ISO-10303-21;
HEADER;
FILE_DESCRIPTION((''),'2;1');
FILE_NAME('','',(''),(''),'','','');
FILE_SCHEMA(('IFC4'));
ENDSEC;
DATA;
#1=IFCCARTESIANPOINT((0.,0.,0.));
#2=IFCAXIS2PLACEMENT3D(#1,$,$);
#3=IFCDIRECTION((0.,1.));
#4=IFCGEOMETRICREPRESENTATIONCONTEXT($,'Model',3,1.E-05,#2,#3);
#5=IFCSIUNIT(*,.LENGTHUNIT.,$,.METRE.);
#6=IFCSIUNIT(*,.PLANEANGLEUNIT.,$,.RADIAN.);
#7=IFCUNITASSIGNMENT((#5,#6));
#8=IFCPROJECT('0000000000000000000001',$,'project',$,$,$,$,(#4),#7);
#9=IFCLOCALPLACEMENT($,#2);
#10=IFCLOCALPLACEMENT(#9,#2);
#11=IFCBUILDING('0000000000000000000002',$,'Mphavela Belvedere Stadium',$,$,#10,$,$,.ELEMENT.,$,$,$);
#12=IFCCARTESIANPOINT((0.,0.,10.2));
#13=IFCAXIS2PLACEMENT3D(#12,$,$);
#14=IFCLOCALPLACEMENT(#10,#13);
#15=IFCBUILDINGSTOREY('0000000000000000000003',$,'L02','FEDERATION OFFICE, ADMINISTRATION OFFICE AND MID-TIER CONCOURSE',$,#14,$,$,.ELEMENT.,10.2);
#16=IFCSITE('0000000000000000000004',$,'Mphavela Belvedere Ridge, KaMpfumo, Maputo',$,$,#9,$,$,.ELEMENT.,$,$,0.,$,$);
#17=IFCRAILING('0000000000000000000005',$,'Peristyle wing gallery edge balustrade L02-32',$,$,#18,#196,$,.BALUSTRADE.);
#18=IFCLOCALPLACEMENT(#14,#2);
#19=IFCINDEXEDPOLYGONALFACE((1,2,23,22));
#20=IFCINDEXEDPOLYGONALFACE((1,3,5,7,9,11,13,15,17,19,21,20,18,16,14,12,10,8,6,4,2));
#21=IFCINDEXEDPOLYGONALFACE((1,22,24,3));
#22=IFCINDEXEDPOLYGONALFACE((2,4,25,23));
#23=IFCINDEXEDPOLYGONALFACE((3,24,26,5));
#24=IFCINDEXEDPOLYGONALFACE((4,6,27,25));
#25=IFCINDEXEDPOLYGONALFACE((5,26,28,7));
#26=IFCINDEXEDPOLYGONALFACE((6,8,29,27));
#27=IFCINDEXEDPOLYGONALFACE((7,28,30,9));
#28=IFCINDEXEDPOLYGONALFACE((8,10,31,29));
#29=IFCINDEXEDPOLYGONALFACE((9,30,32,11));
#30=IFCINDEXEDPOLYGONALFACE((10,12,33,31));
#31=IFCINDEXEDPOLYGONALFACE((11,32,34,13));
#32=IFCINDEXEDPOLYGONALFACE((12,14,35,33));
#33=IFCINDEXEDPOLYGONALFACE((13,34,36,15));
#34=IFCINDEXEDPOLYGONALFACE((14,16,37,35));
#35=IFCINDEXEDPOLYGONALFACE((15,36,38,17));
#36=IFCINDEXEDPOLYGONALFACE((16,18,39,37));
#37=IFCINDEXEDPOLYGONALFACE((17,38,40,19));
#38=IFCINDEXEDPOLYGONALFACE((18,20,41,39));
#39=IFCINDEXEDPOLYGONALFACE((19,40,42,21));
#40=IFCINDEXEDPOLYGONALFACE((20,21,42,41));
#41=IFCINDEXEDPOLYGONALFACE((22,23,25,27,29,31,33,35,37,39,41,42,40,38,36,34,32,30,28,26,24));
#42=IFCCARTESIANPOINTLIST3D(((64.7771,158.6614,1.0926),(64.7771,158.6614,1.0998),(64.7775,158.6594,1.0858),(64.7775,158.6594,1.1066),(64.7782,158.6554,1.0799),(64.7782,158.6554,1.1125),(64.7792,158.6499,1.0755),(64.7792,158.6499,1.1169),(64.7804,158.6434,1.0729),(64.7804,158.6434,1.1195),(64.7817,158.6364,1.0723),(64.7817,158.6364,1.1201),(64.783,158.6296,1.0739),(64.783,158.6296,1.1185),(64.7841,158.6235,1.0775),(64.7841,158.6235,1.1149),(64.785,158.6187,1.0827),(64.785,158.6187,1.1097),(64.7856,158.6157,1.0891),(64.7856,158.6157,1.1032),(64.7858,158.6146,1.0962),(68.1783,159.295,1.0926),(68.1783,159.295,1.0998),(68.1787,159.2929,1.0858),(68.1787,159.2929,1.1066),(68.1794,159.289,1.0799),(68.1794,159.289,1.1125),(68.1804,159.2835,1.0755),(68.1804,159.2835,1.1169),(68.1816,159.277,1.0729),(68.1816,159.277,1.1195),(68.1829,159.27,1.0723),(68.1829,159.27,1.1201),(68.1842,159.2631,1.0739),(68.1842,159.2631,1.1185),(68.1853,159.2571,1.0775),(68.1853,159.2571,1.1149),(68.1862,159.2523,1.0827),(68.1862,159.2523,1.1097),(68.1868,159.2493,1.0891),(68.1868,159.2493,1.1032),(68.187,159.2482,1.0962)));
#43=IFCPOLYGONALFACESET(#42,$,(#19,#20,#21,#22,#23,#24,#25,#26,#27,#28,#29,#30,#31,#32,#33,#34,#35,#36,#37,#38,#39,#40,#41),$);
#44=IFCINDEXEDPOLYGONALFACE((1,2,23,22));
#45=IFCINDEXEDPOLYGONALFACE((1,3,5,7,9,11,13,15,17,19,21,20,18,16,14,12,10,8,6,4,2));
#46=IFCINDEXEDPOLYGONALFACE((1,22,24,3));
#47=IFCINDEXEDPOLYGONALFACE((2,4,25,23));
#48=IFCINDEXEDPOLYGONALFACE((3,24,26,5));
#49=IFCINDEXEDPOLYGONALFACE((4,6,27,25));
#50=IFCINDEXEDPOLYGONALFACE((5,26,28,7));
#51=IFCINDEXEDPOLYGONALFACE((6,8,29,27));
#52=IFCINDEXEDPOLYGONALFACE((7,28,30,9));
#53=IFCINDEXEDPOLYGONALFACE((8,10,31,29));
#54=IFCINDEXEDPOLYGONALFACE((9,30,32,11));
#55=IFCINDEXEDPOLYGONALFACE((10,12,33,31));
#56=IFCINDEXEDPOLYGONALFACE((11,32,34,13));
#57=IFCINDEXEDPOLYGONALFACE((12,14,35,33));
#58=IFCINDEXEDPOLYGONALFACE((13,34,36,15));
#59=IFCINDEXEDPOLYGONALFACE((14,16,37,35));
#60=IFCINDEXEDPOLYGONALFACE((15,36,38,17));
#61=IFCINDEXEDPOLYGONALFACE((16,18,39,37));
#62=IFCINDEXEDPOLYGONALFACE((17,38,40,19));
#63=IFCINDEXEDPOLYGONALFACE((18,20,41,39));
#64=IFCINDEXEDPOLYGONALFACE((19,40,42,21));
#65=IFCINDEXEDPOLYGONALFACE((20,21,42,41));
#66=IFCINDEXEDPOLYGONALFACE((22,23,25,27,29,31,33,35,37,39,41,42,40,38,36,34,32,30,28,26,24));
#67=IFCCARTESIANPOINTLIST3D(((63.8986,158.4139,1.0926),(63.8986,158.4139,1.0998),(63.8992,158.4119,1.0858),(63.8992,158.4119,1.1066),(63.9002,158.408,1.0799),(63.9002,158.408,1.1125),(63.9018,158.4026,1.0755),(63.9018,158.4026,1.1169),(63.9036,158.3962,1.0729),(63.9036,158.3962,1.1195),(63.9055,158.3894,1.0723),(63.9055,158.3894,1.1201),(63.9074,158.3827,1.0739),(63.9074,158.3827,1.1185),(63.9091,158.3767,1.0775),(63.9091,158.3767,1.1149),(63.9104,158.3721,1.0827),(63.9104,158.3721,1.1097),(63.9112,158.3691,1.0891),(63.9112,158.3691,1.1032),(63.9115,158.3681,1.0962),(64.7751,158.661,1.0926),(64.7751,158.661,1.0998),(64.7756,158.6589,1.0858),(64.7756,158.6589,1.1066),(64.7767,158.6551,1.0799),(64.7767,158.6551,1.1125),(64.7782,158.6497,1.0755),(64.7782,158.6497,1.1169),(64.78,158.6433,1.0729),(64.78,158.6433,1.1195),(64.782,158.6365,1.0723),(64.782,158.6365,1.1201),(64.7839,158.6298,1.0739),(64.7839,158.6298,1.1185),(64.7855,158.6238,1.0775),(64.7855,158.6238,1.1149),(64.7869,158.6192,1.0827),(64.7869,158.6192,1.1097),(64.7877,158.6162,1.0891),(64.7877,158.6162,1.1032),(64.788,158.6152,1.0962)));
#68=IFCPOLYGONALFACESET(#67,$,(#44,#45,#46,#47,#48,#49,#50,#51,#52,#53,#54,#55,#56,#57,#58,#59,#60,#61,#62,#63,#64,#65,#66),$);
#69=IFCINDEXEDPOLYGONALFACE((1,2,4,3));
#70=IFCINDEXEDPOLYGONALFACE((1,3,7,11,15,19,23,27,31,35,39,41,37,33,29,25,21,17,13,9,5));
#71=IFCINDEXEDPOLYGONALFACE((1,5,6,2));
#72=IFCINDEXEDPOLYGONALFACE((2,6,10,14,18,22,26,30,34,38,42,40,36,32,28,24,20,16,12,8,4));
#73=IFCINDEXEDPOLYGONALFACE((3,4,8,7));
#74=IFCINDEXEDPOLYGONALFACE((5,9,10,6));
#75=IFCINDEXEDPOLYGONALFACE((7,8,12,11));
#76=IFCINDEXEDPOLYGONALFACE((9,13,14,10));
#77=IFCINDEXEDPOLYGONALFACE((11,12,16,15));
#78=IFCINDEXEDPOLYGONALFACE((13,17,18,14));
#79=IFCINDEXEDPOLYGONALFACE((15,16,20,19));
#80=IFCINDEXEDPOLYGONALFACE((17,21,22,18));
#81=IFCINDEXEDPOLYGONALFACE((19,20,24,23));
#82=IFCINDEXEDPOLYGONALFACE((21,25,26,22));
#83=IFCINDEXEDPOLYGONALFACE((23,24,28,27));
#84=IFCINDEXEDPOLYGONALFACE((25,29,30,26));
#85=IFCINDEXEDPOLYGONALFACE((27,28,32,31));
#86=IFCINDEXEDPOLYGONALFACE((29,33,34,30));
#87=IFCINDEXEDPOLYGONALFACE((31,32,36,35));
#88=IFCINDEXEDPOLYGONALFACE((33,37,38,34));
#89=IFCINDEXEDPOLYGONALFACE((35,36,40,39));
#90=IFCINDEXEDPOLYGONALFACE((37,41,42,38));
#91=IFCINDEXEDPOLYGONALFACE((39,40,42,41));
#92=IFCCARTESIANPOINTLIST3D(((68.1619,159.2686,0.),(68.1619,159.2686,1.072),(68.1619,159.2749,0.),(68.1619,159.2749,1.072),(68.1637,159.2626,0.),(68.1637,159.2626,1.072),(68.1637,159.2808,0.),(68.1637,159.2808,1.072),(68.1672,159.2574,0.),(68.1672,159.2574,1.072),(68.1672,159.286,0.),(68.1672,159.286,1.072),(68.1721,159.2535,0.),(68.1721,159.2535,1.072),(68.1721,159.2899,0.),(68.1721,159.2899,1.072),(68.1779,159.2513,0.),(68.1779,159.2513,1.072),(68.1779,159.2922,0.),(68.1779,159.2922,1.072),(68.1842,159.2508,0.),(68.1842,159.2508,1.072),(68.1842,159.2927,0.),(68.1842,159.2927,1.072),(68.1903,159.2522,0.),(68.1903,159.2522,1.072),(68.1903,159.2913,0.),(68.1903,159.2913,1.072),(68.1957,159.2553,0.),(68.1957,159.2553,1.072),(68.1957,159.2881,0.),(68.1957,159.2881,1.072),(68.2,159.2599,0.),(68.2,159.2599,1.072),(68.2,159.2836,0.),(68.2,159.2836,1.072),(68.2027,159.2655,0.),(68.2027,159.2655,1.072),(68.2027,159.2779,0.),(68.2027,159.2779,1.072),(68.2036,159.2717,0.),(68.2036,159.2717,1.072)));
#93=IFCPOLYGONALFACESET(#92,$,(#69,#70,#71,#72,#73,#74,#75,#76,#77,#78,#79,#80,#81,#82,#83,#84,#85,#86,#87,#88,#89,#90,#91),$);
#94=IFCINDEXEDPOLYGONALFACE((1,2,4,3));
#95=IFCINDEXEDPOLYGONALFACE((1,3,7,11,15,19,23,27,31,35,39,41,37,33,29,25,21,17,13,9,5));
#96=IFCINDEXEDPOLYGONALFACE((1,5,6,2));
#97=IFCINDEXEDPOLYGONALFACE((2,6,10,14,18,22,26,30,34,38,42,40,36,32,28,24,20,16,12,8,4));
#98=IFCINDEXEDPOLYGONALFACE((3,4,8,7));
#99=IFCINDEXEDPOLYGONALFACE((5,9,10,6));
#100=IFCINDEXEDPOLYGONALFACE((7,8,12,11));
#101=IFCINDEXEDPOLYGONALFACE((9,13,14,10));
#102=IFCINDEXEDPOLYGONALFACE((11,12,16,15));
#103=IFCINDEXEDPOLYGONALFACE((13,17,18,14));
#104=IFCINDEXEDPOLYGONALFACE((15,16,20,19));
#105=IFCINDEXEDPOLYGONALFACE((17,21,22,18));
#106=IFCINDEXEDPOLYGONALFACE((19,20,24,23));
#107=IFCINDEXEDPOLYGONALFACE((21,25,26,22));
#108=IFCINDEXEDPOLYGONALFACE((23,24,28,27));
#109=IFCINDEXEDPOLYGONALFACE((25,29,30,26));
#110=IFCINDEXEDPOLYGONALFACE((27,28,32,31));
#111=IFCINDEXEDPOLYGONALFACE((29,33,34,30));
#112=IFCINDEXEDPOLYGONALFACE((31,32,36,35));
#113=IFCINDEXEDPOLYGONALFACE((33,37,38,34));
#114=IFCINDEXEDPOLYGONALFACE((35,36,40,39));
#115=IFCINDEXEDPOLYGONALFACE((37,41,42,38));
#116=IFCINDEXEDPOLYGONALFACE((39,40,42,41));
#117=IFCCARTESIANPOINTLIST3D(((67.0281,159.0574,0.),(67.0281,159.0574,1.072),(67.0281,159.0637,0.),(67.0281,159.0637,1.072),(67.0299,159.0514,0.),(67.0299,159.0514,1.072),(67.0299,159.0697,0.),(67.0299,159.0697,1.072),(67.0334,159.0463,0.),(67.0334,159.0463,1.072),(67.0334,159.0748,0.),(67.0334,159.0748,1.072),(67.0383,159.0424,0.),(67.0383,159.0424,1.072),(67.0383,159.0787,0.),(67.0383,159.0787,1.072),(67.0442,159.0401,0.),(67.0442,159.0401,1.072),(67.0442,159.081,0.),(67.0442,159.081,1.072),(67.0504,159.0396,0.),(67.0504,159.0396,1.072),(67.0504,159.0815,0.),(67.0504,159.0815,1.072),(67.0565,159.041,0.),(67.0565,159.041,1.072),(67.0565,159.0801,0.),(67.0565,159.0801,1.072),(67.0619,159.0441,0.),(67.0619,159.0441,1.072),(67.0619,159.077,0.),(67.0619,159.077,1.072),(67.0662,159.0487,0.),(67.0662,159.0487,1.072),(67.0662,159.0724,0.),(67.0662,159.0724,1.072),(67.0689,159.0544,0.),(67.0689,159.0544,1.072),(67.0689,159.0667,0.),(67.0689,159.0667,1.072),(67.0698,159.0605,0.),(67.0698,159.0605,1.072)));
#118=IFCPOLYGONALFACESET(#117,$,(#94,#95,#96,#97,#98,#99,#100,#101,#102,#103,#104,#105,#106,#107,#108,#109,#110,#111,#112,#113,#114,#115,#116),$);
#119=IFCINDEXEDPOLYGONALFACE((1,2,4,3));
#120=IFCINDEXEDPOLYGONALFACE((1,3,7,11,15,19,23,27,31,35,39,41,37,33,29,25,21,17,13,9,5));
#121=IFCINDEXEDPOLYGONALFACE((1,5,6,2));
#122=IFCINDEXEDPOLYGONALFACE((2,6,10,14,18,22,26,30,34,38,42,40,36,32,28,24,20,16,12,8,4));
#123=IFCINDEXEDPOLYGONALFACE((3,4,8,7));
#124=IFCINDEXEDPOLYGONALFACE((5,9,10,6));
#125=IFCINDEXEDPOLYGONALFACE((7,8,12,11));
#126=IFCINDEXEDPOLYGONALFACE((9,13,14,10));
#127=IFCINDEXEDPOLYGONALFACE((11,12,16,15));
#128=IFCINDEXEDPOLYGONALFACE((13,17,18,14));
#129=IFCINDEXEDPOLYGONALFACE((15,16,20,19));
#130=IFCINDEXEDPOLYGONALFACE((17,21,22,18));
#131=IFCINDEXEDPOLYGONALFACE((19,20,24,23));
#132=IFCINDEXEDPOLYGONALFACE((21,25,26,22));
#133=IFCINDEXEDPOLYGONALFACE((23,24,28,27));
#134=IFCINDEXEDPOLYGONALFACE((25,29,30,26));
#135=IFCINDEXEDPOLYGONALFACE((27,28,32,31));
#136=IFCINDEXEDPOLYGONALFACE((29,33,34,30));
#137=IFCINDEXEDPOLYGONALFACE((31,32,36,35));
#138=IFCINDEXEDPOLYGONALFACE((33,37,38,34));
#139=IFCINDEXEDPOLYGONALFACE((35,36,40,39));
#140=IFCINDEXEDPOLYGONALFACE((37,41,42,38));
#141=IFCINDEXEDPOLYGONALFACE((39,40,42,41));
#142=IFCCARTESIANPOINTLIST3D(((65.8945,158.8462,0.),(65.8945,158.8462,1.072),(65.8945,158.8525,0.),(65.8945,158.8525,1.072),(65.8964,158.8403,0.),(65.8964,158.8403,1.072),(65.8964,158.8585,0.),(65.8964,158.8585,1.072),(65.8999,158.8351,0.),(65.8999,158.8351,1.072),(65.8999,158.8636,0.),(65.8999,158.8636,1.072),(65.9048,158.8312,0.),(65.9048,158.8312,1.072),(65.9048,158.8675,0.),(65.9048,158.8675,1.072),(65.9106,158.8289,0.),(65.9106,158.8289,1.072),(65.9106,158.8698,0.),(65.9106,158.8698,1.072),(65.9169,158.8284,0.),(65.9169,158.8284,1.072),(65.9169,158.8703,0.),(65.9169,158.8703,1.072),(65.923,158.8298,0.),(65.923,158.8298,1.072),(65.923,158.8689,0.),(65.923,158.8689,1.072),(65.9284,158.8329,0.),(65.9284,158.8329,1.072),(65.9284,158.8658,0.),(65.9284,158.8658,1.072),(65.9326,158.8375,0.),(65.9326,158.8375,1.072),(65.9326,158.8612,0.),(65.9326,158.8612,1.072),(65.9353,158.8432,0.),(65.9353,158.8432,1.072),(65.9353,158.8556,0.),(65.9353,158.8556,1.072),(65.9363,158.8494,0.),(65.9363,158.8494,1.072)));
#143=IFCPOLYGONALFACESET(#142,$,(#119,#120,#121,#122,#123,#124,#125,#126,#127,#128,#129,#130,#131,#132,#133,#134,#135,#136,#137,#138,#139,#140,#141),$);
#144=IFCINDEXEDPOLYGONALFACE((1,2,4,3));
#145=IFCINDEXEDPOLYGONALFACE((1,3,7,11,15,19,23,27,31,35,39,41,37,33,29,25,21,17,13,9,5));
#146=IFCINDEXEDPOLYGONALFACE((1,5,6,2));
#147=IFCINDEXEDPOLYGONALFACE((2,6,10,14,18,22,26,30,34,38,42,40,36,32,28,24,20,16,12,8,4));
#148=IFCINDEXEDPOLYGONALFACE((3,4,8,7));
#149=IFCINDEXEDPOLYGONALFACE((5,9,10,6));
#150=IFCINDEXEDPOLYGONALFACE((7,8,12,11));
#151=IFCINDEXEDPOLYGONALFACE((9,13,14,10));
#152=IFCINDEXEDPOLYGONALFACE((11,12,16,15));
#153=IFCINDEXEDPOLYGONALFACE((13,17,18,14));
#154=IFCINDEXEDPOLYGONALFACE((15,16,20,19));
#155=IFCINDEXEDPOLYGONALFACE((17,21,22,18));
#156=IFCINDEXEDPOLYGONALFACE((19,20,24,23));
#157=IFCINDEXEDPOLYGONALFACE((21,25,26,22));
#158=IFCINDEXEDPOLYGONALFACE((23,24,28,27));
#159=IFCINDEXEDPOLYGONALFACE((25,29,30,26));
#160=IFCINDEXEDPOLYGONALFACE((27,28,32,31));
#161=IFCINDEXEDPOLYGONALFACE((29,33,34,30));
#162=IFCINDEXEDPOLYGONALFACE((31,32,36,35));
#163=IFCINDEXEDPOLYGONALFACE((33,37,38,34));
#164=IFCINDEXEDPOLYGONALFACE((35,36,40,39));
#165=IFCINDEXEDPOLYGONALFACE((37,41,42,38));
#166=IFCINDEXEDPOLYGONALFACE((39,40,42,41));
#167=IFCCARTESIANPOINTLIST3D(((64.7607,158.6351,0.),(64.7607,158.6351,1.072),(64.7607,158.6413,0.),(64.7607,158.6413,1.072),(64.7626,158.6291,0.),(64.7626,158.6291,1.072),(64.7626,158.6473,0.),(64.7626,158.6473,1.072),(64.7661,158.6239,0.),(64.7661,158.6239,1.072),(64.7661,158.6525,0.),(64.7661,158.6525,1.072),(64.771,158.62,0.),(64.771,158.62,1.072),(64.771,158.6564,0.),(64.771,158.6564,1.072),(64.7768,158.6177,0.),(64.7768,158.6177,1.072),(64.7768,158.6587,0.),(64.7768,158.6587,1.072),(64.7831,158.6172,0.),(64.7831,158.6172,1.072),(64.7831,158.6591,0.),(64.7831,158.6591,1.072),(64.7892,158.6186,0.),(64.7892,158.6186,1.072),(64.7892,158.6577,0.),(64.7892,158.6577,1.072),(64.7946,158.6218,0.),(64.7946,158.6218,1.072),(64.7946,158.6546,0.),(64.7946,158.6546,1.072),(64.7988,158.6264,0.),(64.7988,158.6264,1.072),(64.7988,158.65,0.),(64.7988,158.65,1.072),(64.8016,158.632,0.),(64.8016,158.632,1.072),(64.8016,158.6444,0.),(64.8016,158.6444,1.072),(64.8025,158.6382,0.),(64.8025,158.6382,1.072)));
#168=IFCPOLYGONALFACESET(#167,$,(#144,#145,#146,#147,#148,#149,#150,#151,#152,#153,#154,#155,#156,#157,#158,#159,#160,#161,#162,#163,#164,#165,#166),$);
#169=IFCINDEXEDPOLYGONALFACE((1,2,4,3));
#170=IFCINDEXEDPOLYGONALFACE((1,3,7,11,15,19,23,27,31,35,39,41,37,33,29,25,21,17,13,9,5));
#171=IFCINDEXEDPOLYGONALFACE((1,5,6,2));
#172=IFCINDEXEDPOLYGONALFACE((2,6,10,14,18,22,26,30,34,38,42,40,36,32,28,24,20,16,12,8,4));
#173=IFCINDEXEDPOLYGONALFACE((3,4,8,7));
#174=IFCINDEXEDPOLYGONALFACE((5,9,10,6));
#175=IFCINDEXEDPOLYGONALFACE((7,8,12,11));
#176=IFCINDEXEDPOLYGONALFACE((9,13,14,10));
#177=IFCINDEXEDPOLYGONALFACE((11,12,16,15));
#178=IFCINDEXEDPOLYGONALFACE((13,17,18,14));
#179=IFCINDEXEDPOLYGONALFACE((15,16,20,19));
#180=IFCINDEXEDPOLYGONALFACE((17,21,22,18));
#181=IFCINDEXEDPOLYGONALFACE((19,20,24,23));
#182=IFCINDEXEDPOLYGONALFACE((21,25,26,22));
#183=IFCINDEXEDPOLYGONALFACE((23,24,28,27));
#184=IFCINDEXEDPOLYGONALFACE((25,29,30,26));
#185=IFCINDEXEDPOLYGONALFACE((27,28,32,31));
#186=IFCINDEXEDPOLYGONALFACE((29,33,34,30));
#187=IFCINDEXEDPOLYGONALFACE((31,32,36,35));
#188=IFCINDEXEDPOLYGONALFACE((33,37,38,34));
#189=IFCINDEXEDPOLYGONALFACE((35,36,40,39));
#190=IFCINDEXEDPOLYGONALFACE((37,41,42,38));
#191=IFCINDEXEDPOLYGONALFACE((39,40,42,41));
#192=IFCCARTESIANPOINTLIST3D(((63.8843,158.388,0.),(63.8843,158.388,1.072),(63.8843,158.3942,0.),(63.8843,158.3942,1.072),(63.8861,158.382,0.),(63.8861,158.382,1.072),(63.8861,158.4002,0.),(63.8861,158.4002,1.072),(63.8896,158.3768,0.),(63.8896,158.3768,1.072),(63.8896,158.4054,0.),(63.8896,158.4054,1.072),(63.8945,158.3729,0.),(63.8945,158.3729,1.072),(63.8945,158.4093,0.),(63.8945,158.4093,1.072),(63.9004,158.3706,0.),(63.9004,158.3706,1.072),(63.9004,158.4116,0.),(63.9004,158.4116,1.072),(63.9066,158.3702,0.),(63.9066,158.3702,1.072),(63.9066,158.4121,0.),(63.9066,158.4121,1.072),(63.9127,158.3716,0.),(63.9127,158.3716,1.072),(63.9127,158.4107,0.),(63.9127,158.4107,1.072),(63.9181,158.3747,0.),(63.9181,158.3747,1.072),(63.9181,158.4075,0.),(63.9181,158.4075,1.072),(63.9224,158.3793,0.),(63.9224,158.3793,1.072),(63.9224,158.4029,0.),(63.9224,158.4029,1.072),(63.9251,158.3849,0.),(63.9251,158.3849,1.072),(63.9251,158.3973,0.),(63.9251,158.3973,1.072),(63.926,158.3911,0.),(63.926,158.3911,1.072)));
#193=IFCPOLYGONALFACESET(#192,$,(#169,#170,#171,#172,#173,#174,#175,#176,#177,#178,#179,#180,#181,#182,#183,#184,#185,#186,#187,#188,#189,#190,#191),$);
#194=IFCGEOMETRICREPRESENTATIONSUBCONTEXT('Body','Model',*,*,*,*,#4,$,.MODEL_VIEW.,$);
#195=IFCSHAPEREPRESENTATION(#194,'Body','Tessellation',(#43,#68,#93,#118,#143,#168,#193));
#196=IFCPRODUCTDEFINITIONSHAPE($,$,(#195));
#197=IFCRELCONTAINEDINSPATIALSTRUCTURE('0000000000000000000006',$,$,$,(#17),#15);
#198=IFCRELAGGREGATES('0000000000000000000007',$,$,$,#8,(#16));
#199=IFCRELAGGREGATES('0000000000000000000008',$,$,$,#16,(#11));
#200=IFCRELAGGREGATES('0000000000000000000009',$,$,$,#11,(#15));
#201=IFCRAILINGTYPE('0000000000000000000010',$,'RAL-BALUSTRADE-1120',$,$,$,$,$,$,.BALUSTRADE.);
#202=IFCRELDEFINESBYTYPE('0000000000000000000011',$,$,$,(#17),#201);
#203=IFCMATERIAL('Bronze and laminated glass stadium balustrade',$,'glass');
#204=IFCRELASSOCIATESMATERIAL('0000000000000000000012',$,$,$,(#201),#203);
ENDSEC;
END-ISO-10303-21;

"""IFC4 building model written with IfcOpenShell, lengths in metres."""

from ifc_helpers import new_model, si_unit, direction, frame, origin, origin_2d, place, context, subcontext, project, spatial, circle, extrude, material, type_object, element, save


model = new_model("IFC4")

# Units and contexts
model_context = context("Model", 3, precision=1e-05, world=origin(), true_north=direction((0.0, 1.0)))
body_context = subcontext(model_context, "Body", "Model", "MODEL_VIEW")
ifc_project = project(units=[si_unit("LENGTHUNIT", "METRE"), si_unit("PLANEANGLEUNIT", "RADIAN")], contexts=[model_context])

# Site, building, storey
site_placement = place(None, origin())
site = spatial("IfcSite", under=ifc_project, at=site_placement, Name="Mphavela Belvedere Ridge, KaMpfumo, Maputo", CompositionType="ELEMENT", RefElevation=0.0)
building_placement = place(site_placement, origin())
building = spatial("IfcBuilding", under=site, at=building_placement, Name="Mphavela Belvedere Stadium", CompositionType="ELEMENT")
storey_placement = place(building_placement, frame((0.0, 0.0, 10.2)))
storey = spatial("IfcBuildingStorey", under=building, at=storey_placement, Name="L02", Description="FEDERATION OFFICE, ADMINISTRATION OFFICE AND MID-TIER CONCOURSE", CompositionType="ELEMENT", Elevation=10.2)

# Railing
ifc_material_1 = material(Name="Bronze and laminated glass stadium balustrade", Category="glass")
railing_type = type_object("IfcRailingType", Name="RAL-BALUSTRADE-1120", PredefinedType="BALUSTRADE", material=ifc_material_1)
railing_placement = place(storey_placement, frame((68.1826, 159.2717, 0.0)))
element("IfcRailing", 1, at=railing_placement, inside=storey, type_object=railing_type, Name="Peristyle wing gallery edge balustrade L02-32", PredefinedType="BALUSTRADE", context=body_context, shape_type="SweptSolid", body=[
    extrude(circle(Radius=0.0239, at=origin_2d()), frame((0.0, 0.0, 1.0962), z_axis=(-0.98309, -0.183125, 0.0), x_axis=(0.183125, -0.98309, 0.0)), (0.0, 0.0, 1.0), 3.4597),
    extrude(circle(Radius=0.0239, at=origin_2d()), frame((-3.4011, -0.6335, 1.0962), z_axis=(-0.962489, -0.27132, 0.0), x_axis=(0.27132, -0.962489, 0.0)), (0.0, 0.0, 1.0), 0.9106),
    extrude(circle(Radius=0.021, at=origin_2d()), origin(), (0.0, 0.0, 1.0), 1.072),
    extrude(circle(Radius=0.021, at=origin_2d()), frame((-1.1338, -0.2112, 0.0)), (0.0, 0.0, 1.0), 1.072),
    extrude(circle(Radius=0.021, at=origin_2d()), frame((-2.2673, -0.4224, 0.0)), (0.0, 0.0, 1.0), 1.072),
    extrude(circle(Radius=0.021, at=origin_2d()), frame((-3.4011, -0.6335, 0.0)), (0.0, 0.0, 1.0), 1.072),
    extrude(circle(Radius=0.021, at=origin_2d()), frame((-4.2776, -0.8806, 0.0)), (0.0, 0.0, 1.0), 1.072),
])

save(model, "model.ifc")
